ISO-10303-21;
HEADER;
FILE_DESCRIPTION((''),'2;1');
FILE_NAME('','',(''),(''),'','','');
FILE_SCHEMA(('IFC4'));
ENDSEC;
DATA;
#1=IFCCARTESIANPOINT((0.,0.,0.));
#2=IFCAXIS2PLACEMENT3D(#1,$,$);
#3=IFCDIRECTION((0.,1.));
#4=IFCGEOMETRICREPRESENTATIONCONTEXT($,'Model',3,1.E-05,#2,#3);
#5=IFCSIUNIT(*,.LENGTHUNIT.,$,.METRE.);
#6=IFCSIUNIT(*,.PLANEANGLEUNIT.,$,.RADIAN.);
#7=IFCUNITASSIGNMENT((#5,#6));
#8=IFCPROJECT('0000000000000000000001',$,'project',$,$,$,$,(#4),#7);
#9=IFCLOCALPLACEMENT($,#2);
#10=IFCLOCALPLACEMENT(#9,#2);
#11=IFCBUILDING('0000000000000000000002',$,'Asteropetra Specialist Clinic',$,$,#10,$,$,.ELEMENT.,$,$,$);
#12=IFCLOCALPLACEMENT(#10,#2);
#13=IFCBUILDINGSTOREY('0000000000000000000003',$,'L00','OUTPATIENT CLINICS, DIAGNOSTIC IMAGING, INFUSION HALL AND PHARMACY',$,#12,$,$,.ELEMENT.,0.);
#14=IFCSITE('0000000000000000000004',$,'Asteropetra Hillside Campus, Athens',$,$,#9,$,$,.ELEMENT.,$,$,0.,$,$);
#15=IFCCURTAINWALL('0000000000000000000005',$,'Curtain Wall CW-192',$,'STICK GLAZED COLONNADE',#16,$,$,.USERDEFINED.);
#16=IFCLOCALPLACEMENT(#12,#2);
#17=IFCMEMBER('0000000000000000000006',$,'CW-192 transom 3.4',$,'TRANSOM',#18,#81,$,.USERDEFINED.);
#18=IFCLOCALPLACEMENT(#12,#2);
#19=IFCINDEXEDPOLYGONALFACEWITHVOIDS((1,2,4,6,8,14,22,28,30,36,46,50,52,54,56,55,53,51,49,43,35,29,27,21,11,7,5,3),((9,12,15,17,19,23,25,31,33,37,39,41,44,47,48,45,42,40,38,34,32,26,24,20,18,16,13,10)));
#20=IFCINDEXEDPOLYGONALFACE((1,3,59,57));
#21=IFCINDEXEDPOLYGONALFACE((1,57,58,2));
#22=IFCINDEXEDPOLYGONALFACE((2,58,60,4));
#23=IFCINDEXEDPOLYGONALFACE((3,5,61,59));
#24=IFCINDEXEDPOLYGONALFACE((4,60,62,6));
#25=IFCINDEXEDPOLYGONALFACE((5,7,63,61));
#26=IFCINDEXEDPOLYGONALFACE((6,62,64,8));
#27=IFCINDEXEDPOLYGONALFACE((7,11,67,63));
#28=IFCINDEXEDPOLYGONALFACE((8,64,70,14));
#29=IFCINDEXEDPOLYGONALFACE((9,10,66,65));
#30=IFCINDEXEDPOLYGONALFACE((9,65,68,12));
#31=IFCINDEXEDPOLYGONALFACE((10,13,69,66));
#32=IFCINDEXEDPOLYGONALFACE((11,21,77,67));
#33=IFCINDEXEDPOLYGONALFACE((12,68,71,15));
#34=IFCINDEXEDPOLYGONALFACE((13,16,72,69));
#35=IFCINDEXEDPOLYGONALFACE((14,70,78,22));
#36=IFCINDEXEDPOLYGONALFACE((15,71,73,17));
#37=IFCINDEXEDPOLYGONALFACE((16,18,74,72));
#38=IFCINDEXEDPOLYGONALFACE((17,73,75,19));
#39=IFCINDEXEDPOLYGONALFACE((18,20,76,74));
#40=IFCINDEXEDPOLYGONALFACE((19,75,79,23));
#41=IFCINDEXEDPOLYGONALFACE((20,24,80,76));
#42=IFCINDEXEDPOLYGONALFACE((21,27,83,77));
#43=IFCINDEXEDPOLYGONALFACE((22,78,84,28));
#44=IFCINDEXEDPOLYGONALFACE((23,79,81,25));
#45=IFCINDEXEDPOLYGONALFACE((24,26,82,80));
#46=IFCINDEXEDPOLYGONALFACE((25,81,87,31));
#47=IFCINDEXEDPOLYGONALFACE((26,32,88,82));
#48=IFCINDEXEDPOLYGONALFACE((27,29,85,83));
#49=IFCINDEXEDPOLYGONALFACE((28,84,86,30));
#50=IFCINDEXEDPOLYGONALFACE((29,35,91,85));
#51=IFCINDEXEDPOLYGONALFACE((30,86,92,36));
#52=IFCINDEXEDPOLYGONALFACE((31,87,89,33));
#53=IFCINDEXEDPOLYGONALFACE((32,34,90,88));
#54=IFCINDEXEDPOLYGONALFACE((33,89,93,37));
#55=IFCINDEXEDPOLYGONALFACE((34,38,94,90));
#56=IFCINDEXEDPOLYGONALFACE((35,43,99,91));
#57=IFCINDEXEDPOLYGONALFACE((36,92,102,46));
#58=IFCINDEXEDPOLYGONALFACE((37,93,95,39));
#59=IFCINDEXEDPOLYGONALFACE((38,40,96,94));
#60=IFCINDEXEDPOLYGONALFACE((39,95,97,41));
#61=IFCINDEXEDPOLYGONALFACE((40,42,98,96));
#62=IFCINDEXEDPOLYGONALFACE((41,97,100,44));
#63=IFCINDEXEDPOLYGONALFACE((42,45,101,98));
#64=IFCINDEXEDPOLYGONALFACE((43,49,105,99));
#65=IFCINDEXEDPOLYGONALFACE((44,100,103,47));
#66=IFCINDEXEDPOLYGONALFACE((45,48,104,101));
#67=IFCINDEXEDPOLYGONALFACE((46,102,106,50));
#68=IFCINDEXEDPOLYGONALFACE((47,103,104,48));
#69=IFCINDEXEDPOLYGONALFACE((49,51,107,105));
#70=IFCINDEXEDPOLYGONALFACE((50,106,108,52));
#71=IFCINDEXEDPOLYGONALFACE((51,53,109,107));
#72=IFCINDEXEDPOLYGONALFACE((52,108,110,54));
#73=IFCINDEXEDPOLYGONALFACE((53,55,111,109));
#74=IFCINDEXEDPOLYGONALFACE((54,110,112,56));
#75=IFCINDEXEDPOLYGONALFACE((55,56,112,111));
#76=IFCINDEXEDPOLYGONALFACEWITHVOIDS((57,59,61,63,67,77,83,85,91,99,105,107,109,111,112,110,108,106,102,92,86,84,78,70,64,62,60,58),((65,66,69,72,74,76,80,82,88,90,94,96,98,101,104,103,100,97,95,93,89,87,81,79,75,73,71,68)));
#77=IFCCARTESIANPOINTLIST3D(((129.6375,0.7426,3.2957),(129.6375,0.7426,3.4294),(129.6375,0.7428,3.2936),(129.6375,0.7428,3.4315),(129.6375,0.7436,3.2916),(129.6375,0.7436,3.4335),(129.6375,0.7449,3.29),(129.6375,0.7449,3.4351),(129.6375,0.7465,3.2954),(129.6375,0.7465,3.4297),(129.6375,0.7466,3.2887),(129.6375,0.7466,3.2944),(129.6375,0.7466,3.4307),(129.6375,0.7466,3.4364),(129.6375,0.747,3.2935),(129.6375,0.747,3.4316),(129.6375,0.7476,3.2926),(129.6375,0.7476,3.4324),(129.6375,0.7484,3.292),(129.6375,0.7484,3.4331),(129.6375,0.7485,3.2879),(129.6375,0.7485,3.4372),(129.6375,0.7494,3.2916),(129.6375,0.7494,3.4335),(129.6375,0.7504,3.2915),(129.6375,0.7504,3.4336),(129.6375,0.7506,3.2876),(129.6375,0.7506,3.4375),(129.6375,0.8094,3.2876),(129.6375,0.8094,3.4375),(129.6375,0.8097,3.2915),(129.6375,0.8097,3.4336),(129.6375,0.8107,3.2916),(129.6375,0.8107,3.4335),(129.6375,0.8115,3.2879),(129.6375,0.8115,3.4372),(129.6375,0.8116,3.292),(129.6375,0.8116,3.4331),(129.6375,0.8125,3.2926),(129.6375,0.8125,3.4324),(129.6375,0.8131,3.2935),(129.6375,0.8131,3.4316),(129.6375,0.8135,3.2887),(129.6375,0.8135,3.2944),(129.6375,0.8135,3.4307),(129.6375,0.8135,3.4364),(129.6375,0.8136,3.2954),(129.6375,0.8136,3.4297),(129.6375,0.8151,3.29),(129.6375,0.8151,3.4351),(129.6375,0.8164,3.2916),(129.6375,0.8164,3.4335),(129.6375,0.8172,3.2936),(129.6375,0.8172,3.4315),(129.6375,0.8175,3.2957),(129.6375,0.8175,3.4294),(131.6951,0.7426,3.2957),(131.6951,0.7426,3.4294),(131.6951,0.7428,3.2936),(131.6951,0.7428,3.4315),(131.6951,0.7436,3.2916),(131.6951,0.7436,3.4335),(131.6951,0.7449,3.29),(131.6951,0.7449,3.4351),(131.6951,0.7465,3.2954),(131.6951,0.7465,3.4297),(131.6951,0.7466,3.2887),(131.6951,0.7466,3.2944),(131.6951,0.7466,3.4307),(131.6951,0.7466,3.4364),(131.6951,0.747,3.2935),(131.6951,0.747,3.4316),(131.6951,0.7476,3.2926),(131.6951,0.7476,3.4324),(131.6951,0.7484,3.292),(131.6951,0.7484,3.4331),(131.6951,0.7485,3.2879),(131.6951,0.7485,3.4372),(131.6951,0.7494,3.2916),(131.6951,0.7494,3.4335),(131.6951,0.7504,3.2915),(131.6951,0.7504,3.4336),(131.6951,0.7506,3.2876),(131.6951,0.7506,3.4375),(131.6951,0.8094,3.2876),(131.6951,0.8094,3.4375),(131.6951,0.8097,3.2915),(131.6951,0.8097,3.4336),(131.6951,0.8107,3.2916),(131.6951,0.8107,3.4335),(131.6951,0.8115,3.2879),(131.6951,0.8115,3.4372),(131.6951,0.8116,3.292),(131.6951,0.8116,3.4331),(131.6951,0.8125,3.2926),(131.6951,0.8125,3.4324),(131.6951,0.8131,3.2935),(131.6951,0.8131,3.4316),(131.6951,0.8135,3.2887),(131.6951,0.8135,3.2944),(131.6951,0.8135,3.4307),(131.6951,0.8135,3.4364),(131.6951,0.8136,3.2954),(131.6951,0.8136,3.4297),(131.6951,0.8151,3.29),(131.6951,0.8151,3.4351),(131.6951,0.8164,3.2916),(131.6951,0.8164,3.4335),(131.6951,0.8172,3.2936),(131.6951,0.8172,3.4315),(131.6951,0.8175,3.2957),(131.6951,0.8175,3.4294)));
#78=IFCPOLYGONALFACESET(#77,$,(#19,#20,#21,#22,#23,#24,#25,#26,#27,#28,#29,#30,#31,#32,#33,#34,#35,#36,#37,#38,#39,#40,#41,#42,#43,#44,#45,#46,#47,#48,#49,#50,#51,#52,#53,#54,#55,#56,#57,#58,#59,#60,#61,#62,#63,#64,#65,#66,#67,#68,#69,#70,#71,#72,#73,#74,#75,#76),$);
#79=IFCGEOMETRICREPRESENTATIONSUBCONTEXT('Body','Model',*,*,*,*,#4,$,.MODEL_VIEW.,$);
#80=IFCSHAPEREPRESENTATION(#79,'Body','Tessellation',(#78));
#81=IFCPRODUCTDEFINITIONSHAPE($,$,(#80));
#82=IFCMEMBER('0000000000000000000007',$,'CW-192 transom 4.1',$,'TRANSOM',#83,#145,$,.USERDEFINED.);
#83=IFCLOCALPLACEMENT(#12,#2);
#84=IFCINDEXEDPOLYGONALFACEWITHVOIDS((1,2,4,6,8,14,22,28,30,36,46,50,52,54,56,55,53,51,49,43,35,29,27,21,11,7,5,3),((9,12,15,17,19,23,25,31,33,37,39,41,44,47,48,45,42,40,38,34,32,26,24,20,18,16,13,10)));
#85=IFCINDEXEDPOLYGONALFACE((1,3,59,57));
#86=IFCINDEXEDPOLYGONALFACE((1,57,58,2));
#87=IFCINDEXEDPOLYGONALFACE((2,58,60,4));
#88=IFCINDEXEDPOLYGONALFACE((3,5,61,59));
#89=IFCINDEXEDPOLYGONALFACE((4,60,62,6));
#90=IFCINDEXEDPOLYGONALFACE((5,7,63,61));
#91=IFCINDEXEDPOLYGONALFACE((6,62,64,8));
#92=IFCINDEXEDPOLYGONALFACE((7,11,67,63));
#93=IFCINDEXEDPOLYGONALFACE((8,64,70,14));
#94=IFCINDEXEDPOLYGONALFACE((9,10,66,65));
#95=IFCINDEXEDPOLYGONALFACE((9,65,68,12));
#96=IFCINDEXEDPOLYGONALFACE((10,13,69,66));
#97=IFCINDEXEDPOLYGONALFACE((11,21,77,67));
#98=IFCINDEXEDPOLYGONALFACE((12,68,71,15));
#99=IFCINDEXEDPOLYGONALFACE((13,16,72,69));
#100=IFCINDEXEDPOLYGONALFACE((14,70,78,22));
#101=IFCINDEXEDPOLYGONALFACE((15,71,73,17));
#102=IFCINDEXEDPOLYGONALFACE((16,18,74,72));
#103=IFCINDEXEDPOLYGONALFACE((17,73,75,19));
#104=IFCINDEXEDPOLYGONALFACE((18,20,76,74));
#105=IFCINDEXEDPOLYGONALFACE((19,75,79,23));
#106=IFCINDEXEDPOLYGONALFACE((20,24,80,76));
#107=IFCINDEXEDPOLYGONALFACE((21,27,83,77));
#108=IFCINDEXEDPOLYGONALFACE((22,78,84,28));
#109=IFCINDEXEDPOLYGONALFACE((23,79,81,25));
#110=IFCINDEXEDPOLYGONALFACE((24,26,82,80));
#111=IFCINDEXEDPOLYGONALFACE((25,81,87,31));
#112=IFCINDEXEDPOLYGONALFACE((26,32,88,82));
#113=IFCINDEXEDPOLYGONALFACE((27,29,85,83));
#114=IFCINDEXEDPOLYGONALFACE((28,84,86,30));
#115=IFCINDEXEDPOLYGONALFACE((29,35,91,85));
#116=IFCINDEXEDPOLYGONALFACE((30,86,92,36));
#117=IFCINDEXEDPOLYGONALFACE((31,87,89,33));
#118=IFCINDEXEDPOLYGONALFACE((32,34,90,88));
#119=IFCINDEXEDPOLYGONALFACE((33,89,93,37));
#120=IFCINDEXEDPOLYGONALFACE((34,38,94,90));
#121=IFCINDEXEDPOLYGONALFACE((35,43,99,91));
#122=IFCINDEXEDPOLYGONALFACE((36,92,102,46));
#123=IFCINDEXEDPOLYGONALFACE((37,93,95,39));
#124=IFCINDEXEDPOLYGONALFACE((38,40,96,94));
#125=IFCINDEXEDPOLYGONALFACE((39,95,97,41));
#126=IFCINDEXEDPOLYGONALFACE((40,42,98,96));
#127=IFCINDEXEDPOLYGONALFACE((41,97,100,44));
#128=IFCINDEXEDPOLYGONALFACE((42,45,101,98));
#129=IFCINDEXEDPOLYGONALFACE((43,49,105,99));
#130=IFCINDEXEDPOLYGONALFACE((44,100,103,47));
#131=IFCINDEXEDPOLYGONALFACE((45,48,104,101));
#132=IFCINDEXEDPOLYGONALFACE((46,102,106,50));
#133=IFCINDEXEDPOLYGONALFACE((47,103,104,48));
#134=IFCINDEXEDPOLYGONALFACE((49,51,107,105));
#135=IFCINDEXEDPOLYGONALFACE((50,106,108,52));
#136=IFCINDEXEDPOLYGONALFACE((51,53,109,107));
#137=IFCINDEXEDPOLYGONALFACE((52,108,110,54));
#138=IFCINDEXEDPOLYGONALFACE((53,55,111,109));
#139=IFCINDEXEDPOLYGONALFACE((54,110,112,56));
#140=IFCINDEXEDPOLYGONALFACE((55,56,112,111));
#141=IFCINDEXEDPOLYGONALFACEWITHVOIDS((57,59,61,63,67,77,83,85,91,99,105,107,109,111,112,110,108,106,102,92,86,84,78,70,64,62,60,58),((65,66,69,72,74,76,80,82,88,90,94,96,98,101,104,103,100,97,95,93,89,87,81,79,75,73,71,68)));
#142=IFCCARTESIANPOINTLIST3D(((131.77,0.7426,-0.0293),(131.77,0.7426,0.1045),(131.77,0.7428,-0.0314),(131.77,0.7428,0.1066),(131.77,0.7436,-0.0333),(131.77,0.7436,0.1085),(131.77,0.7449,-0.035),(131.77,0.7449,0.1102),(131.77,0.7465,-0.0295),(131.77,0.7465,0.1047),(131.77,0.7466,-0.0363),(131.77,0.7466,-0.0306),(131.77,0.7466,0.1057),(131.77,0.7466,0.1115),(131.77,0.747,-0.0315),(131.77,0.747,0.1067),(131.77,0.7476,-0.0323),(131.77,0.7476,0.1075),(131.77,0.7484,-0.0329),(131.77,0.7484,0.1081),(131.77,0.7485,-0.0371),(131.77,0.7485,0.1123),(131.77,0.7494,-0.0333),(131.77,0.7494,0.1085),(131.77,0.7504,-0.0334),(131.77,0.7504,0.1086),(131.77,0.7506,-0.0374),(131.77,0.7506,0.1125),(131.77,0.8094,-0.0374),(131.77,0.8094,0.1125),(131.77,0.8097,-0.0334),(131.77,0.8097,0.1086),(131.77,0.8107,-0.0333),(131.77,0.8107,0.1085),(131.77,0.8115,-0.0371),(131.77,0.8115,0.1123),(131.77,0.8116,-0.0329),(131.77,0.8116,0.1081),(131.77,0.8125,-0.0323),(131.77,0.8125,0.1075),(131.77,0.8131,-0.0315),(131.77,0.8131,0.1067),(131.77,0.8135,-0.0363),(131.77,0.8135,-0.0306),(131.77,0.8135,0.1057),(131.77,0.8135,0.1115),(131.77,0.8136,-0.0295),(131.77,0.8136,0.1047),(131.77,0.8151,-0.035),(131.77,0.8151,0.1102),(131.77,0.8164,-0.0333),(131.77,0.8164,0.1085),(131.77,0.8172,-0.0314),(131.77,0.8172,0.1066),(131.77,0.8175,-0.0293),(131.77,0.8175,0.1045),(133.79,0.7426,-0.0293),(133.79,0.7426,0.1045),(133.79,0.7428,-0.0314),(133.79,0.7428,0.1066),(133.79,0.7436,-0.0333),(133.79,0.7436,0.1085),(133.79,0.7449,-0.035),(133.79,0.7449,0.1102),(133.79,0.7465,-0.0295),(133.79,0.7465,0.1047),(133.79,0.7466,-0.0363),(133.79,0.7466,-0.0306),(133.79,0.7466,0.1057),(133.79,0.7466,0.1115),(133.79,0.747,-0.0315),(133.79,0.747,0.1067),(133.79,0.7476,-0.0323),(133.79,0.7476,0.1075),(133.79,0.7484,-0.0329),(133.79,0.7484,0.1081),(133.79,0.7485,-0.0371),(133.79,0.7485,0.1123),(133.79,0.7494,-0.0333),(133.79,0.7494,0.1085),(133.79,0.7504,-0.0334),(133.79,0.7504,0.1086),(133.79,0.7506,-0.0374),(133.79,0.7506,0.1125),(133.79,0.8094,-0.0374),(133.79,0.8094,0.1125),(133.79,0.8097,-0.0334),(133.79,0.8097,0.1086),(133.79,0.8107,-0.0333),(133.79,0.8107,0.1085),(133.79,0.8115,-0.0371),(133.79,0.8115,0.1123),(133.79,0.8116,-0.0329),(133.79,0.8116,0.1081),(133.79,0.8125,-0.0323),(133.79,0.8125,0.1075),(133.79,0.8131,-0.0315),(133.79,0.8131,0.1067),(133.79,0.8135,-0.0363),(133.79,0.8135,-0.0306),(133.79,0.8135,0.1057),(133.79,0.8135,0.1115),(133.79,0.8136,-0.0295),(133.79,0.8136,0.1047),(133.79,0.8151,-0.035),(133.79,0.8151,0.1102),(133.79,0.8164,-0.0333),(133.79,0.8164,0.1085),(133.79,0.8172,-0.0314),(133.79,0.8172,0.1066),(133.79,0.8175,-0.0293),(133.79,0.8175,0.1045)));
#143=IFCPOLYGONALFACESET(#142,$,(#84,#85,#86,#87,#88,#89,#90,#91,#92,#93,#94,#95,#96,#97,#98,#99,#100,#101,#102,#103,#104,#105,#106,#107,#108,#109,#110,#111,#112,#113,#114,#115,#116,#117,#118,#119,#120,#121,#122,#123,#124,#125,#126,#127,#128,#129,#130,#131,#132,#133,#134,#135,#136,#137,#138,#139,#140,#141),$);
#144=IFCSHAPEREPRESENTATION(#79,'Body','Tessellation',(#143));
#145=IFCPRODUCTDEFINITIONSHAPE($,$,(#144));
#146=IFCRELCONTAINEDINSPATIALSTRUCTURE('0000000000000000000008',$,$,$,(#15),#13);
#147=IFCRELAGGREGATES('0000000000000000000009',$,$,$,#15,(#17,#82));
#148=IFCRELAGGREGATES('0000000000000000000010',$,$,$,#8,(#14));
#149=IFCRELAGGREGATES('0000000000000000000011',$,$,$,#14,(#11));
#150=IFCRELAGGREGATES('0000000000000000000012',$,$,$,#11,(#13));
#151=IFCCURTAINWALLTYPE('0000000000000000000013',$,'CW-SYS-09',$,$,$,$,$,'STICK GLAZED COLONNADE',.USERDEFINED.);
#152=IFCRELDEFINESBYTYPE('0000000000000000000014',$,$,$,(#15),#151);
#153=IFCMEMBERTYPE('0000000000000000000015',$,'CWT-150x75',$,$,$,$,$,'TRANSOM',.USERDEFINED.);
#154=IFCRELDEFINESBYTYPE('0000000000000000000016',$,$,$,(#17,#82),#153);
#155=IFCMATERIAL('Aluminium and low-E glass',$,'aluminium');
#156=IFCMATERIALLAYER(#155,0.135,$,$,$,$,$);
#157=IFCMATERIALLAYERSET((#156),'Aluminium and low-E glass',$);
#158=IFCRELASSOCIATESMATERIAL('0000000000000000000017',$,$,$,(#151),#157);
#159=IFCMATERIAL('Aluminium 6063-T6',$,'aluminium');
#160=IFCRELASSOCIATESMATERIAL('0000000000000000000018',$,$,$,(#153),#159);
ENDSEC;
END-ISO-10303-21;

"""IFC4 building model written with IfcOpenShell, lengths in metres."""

from ifc_helpers import new_model, si_unit, direction, frame, origin, origin_2d, place, context, subcontext, project, spatial, hollow_rectangle, extrude, material, layer, layer_set, material_profile, profile_set, type_object, element, aggregate, save


model = new_model("IFC4")

# Units and contexts
model_context = context("Model", 3, precision=1e-05, world=origin(), true_north=direction((0.0, 1.0)))
body_context = subcontext(model_context, "Body", "Model", "MODEL_VIEW")
ifc_project = project(units=[si_unit("LENGTHUNIT", "METRE"), si_unit("PLANEANGLEUNIT", "RADIAN")], contexts=[model_context])

# Site, building, storey
site_placement = place(None, origin())
site = spatial("IfcSite", under=ifc_project, at=site_placement, Name="Asteropetra Hillside Campus, Athens", CompositionType="ELEMENT", RefElevation=0.0)
building_placement = place(site_placement, origin())
building = spatial("IfcBuilding", under=site, at=building_placement, Name="Asteropetra Specialist Clinic", CompositionType="ELEMENT")
storey_placement = place(building_placement, origin())
storey = spatial("IfcBuildingStorey", under=building, at=storey_placement, Name="L00", Description="OUTPATIENT CLINICS, DIAGNOSTIC IMAGING, INFUSION HALL AND PHARMACY", CompositionType="ELEMENT", Elevation=0.0)

# Curtain wall, members
ifc_material_1 = material(Name="Aluminium and low-E glass", Category="aluminium")
ifc_layer_1 = layer(ifc_material_1, 0.135)
ifc_layer_set_1 = layer_set([ifc_layer_1], Name="Aluminium and low-E glass")
curtain_wall_type = type_object("IfcCurtainWallType", Name="CW-SYS-09", ElementType="STICK GLAZED COLONNADE", PredefinedType="USERDEFINED", material=ifc_layer_set_1)
curtain_wall_placement = place(storey_placement, origin())
curtain_wall = element("IfcCurtainWall", 1, at=curtain_wall_placement, inside=storey, type_object=curtain_wall_type, Name="Curtain Wall CW-192", ObjectType="STICK GLAZED COLONNADE", PredefinedType="USERDEFINED")
ifc_material_2 = material(Name="Aluminium 6063-T6", Category="aluminium")
ifc_material_profile_1 = material_profile(ifc_material_2, hollow_rectangle(XDim=0.075, YDim=0.1499, WallThickness=0.0039, InnerFilletRadius=0.0039, OuterFilletRadius=0.0081, at=origin_2d()), Name="TRN 150x75x4.0")
ifc_profile_set_1 = profile_set([ifc_material_profile_1], Name="Aluminium 6063-T6")
member_type_1 = type_object("IfcMemberType", Name="CWT-150x75", ElementType="TRANSOM", PredefinedType="USERDEFINED", material=ifc_profile_set_1)
member_1_placement = place(storey_placement, frame((129.6375, 0.78, 3.3625), z_axis=(1.0, 0.0, 0.0), x_axis=(0.0, 1.0, 0.0)))
member_1 = element("IfcMember", 2, at=member_1_placement, type_object=member_type_1, Name="CW-192 transom 3.4", ObjectType="TRANSOM", PredefinedType="USERDEFINED", context=body_context, shape_type="SweptSolid", body=[
    extrude(hollow_rectangle(XDim=0.075, YDim=0.1499, WallThickness=0.0039, InnerFilletRadius=0.0039, OuterFilletRadius=0.0081, at=origin_2d()), origin(), (0.0, 0.0, 1.0), 2.0576),
])
member_2_placement = place(storey_placement, frame((131.77, 0.78, 0.0376), z_axis=(1.0, 0.0, 0.0), x_axis=(0.0, 1.0, 0.0)))
member_2 = element("IfcMember", 3, at=member_2_placement, type_object=member_type_1, Name="CW-192 transom 4.1", ObjectType="TRANSOM", PredefinedType="USERDEFINED", context=body_context, shape_type="SweptSolid", body=[
    extrude(hollow_rectangle(XDim=0.075, YDim=0.1499, WallThickness=0.0039, InnerFilletRadius=0.0039, OuterFilletRadius=0.0081, at=origin_2d()), origin(), (0.0, 0.0, 1.0), 2.02),
])
aggregate(curtain_wall, [member_1, member_2])

save(model, "model.ifc")
